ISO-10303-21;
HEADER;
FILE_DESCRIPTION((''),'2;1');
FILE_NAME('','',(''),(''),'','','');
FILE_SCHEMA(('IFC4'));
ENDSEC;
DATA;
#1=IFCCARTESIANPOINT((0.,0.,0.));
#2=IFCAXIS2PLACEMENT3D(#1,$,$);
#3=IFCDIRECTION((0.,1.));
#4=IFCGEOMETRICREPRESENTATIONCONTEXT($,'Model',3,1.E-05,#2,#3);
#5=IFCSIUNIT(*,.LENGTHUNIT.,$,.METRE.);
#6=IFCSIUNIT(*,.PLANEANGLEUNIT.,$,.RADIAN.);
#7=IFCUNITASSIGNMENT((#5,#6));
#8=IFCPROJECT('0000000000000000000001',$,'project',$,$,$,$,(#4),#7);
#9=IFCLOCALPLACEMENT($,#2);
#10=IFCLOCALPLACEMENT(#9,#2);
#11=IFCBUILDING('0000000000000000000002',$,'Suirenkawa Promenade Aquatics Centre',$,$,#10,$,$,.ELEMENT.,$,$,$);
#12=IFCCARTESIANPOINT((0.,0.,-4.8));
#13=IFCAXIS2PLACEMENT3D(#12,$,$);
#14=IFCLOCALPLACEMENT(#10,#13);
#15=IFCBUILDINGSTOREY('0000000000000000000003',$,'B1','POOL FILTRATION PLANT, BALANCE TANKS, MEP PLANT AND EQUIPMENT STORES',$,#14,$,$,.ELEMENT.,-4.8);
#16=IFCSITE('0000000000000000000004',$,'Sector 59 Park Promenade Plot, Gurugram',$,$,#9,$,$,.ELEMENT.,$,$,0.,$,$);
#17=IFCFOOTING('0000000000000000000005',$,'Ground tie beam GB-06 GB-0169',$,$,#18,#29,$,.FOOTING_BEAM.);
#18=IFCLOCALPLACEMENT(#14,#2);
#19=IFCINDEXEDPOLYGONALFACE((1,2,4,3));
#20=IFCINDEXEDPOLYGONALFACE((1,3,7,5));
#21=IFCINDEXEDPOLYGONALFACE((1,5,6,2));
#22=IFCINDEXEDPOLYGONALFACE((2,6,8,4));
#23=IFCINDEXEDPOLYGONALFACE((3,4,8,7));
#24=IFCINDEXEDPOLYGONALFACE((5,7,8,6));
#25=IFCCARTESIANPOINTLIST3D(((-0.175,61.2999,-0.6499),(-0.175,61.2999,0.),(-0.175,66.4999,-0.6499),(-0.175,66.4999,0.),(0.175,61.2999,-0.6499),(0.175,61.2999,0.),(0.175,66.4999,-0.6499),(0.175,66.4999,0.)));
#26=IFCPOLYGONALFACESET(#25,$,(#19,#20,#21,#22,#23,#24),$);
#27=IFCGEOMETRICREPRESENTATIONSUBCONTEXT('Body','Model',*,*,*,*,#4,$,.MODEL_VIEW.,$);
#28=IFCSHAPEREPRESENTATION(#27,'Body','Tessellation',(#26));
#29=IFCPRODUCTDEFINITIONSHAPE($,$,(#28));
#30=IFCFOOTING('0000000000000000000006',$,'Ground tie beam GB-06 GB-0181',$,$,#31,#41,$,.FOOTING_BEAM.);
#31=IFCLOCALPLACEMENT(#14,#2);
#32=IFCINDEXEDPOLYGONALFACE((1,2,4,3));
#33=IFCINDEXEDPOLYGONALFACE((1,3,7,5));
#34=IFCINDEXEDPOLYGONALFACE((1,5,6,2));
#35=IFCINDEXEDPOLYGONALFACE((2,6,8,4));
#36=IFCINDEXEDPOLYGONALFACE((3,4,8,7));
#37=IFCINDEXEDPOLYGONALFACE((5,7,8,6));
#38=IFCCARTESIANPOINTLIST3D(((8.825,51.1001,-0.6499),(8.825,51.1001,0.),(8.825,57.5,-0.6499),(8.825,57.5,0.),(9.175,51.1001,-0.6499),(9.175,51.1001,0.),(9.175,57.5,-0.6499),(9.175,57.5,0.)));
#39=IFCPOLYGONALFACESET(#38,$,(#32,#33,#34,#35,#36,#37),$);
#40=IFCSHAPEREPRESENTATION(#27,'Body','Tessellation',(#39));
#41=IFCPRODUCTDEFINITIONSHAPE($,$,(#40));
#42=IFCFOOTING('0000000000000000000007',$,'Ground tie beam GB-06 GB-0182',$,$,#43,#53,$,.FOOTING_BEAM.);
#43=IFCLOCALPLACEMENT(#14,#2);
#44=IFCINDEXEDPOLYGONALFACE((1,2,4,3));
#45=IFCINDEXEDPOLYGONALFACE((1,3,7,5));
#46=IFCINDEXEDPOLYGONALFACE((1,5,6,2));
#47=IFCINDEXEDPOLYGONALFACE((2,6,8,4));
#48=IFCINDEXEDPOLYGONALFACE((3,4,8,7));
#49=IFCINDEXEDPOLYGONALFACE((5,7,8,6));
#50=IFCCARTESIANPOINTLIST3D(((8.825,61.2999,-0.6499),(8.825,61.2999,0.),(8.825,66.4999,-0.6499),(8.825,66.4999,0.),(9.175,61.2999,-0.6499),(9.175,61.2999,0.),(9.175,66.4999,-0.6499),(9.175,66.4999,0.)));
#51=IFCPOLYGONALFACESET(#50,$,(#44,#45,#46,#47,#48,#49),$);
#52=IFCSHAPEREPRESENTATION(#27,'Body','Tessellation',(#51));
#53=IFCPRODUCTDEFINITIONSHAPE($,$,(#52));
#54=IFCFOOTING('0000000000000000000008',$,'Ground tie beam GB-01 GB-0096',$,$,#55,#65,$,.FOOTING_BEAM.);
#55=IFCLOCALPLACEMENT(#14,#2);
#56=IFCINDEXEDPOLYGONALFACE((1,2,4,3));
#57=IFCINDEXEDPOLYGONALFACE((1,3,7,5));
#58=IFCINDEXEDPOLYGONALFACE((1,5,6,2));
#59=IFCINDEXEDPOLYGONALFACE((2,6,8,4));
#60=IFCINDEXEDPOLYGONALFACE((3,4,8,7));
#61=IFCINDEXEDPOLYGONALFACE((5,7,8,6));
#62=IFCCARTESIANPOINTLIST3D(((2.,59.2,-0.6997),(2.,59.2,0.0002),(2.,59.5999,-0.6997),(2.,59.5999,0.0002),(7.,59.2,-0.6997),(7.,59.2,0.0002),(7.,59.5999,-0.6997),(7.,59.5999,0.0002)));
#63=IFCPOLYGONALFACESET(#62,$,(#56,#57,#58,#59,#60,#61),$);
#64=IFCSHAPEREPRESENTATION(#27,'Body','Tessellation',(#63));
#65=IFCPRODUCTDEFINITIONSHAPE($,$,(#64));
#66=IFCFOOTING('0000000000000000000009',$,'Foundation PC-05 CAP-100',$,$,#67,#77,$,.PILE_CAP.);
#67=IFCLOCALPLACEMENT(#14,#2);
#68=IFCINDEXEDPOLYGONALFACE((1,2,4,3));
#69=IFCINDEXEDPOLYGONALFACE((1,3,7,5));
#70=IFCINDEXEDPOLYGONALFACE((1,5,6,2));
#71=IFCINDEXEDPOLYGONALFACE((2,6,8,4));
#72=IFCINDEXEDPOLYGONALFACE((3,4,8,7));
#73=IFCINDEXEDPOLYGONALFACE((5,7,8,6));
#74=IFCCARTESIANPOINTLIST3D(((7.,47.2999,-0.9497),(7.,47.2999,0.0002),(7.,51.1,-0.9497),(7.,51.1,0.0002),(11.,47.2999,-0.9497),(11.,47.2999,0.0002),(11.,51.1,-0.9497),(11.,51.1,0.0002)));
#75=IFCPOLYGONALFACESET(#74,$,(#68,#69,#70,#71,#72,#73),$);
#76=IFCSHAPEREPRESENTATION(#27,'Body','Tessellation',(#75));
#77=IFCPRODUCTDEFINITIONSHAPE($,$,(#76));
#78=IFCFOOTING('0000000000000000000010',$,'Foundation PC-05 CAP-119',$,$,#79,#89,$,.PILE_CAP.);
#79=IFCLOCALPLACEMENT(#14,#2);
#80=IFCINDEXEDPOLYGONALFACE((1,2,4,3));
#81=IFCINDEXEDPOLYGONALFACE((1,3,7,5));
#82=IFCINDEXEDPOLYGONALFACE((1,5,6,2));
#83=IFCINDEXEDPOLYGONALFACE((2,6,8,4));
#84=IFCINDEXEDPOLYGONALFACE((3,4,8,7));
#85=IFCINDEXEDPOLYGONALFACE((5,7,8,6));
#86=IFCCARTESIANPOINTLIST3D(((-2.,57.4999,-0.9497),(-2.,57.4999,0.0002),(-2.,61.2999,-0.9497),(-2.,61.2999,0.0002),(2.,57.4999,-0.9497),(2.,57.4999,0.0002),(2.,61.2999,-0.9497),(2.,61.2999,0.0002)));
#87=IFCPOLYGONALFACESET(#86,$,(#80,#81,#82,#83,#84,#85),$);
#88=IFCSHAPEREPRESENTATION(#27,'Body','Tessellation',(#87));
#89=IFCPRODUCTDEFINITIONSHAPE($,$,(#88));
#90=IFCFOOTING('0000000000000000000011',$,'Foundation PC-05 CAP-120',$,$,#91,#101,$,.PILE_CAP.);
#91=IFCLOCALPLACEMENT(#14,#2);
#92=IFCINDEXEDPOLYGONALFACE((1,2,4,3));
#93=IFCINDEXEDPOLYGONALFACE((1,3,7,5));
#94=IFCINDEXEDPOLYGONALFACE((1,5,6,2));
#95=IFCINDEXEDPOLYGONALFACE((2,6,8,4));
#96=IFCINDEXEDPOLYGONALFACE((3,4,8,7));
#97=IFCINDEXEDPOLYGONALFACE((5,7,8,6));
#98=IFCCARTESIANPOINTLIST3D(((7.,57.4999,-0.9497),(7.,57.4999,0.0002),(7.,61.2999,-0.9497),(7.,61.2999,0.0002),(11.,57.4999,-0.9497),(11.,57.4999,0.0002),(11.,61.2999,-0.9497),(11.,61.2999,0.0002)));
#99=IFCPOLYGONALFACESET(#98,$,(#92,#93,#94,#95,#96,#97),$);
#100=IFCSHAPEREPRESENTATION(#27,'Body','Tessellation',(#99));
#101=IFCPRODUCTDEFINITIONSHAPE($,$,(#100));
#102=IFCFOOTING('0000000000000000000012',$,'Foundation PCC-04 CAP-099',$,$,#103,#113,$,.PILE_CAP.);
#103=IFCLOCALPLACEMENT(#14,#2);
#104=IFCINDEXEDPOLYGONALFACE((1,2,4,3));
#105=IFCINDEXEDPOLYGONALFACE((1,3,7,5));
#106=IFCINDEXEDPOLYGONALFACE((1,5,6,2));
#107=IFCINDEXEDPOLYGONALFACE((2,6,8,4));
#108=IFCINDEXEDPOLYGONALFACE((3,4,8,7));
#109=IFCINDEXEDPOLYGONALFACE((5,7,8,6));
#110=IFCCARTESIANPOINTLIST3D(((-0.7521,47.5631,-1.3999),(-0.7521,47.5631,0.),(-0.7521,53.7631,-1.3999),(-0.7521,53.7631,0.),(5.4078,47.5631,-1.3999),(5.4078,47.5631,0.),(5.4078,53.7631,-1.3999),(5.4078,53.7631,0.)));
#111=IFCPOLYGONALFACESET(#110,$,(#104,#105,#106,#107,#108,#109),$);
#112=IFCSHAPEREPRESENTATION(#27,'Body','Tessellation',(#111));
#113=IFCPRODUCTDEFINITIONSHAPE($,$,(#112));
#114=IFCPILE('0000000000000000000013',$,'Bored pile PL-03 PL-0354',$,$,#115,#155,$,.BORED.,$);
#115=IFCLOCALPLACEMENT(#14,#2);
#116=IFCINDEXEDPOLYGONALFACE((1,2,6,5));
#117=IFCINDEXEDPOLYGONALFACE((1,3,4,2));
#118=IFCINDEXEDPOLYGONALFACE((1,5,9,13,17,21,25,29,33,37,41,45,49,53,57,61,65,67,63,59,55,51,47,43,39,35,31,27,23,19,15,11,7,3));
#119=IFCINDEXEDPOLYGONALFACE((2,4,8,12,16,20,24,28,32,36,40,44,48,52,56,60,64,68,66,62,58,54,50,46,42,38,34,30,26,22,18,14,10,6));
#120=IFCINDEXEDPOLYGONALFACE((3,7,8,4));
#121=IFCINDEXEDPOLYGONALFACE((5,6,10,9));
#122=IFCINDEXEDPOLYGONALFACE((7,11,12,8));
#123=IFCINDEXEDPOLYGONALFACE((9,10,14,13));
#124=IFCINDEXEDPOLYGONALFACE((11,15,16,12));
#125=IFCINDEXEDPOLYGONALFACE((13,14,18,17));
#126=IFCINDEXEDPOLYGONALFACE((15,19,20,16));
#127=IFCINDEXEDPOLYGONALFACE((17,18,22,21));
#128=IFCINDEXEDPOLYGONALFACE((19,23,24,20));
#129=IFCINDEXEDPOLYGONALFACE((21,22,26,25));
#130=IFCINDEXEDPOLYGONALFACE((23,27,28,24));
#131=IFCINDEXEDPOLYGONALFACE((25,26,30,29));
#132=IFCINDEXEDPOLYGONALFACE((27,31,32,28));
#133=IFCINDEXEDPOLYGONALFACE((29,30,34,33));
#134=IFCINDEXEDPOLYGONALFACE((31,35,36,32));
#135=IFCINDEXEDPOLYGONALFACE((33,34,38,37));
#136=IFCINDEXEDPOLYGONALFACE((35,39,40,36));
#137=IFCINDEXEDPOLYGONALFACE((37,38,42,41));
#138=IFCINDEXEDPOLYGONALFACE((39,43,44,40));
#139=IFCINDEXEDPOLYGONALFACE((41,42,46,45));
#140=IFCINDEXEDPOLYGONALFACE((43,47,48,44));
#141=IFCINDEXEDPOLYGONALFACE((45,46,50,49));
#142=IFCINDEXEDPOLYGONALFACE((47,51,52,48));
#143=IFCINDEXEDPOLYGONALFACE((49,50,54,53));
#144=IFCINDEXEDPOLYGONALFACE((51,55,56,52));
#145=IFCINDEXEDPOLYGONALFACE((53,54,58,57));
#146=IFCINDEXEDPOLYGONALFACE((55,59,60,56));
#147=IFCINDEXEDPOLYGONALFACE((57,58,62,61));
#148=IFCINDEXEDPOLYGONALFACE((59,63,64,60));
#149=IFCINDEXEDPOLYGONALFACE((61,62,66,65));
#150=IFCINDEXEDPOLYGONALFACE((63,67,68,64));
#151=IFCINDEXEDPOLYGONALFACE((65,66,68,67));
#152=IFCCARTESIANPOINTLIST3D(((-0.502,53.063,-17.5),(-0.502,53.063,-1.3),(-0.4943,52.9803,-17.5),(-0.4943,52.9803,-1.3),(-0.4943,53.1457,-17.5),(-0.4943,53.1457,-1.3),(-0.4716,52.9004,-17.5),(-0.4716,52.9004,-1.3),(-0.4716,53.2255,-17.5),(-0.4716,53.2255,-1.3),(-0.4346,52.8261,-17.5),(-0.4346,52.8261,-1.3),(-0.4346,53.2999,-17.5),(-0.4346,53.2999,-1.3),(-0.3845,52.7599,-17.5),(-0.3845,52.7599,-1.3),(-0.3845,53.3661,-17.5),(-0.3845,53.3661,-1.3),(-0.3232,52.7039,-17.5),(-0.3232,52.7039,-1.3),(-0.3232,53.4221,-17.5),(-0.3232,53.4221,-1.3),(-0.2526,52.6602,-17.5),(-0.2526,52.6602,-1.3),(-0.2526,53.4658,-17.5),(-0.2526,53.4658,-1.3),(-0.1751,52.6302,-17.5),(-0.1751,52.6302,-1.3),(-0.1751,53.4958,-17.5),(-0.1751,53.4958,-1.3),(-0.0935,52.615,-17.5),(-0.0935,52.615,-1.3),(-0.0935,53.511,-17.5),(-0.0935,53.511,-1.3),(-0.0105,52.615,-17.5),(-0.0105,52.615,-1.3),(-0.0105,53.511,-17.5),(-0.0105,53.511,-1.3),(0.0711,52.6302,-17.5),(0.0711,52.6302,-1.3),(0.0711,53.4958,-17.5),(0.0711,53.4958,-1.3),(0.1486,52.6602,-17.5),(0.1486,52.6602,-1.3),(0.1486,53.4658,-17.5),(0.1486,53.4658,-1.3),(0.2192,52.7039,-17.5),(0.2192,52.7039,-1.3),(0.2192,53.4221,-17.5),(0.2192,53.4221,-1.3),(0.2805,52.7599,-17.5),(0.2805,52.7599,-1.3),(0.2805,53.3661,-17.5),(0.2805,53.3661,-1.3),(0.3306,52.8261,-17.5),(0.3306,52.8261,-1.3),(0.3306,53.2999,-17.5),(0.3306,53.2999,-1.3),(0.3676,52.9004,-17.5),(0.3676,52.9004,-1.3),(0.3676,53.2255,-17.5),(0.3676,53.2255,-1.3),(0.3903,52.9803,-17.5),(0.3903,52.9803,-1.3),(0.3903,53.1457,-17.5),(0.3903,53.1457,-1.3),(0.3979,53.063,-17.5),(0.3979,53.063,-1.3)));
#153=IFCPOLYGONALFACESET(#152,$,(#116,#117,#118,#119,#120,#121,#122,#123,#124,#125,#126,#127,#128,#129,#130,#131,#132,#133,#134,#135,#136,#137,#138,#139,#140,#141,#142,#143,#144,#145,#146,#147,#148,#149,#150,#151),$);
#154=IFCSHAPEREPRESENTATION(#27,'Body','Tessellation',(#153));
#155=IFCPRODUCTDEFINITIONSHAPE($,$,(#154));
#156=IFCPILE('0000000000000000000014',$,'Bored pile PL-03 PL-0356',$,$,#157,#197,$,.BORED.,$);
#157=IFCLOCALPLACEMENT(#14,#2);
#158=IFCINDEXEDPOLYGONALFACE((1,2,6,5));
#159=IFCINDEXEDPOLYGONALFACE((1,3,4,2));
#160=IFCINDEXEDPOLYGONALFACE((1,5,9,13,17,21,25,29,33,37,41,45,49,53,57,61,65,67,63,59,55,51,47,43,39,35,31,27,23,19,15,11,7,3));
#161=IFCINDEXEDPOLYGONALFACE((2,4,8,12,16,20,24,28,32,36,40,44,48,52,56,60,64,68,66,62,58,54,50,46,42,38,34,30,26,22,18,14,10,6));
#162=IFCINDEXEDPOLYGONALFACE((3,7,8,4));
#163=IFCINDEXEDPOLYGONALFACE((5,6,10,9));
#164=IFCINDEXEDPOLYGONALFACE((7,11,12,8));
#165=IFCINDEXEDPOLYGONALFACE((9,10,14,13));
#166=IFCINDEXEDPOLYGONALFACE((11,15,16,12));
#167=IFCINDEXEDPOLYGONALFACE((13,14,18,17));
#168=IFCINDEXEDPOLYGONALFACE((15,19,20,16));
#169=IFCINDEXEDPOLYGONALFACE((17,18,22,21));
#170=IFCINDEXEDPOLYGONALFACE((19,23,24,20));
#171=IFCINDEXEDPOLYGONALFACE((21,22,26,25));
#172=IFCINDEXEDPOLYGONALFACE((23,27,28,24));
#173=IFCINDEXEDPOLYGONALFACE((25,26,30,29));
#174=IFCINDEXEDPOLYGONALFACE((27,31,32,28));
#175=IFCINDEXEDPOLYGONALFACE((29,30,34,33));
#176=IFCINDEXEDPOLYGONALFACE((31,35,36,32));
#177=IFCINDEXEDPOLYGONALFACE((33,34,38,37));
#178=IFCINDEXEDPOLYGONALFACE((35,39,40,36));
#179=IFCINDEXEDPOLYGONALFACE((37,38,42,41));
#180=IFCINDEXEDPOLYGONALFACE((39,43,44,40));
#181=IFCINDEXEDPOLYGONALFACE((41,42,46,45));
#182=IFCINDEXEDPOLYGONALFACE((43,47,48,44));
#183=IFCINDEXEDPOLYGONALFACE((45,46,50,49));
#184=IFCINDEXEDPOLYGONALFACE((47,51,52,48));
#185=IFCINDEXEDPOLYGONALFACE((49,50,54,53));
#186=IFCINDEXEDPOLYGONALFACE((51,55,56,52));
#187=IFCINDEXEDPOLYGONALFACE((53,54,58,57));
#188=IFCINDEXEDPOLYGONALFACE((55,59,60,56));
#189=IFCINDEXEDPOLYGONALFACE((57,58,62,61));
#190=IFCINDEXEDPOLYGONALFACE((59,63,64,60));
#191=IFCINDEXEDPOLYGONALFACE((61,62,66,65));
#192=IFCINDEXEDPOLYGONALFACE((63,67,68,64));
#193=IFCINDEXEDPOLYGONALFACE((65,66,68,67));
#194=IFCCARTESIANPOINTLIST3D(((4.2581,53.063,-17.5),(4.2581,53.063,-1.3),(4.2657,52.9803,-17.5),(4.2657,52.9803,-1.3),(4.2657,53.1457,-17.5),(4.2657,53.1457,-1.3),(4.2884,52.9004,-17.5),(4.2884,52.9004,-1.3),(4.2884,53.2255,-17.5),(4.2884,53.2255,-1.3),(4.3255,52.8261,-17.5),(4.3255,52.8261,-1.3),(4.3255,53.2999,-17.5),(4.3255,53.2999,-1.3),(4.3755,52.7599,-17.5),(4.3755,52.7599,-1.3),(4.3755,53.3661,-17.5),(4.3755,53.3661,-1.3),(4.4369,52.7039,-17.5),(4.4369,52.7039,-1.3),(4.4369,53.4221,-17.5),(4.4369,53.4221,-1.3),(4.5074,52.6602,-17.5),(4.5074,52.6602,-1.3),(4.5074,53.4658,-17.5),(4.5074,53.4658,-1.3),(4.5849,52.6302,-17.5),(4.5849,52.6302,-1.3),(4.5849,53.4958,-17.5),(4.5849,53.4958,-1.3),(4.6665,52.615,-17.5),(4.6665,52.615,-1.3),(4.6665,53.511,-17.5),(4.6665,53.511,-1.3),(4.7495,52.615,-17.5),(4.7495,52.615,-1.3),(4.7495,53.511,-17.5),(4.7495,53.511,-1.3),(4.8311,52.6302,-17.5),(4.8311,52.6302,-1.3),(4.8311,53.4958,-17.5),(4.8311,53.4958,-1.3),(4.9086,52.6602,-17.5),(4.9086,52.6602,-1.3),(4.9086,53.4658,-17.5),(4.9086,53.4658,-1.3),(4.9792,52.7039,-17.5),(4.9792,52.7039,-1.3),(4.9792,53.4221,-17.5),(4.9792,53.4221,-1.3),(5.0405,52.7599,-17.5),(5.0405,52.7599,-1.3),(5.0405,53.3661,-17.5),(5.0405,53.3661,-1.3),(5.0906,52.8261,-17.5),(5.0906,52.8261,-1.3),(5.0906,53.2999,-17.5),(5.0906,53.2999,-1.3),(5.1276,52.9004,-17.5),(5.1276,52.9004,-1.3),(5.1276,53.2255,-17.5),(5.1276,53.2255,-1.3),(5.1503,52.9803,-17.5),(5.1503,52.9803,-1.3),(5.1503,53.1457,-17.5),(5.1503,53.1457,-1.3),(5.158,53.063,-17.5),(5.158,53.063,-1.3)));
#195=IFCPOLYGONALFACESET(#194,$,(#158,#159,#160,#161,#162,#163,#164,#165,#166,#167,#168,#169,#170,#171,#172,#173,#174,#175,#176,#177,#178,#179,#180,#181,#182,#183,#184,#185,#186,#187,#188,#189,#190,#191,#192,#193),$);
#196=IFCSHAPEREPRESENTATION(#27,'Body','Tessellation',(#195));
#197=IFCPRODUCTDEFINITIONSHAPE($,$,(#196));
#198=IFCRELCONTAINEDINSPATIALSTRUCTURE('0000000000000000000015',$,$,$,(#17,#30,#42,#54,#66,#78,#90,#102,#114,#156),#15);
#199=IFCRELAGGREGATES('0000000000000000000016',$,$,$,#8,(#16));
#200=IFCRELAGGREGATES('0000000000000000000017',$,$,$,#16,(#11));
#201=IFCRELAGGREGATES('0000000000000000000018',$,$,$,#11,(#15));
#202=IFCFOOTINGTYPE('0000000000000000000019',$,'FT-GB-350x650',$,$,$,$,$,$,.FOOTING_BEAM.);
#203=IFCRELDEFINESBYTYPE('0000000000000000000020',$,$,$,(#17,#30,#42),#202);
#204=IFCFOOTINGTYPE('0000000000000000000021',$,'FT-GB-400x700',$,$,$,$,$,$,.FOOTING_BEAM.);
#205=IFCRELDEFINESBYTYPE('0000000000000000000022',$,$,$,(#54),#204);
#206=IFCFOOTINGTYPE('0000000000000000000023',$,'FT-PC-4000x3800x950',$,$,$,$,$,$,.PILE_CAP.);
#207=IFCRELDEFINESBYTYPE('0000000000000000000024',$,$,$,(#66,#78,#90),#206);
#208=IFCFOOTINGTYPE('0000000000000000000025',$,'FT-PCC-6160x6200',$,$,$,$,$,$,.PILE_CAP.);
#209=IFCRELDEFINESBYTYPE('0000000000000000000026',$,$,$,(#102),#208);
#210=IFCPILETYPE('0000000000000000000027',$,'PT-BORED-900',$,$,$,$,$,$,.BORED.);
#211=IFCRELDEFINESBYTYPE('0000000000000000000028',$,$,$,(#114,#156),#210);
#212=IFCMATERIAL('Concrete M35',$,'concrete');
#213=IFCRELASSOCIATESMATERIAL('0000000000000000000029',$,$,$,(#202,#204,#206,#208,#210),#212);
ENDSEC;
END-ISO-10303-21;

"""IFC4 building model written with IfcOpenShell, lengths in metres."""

from ifc_helpers import new_model, si_unit, direction, frame, origin, origin_2d, place, context, subcontext, project, spatial, rectangle, circle, extrude, material, material_profile, profile_set, type_object, element, save


model = new_model("IFC4")

# Units and contexts
model_context = context("Model", 3, precision=1e-05, world=origin(), true_north=direction((0.0, 1.0)))
body_context = subcontext(model_context, "Body", "Model", "MODEL_VIEW")
ifc_project = project(units=[si_unit("LENGTHUNIT", "METRE"), si_unit("PLANEANGLEUNIT", "RADIAN")], contexts=[model_context])

# Site, building, storey
site_placement = place(None, origin())
site = spatial("IfcSite", under=ifc_project, at=site_placement, Name="Sector 59 Park Promenade Plot, Gurugram", CompositionType="ELEMENT", RefElevation=0.0)
building_placement = place(site_placement, origin())
building = spatial("IfcBuilding", under=site, at=building_placement, Name="Suirenkawa Promenade Aquatics Centre", CompositionType="ELEMENT")
storey_placement = place(building_placement, frame((0.0, 0.0, -4.8)))
storey = spatial("IfcBuildingStorey", under=building, at=storey_placement, Name="B1", Description="POOL FILTRATION PLANT, BALANCE TANKS, MEP PLANT AND EQUIPMENT STORES", CompositionType="ELEMENT", Elevation=-4.8)

# Footings
ifc_material_1 = material(Name="Concrete M35", Category="concrete")
footing_type_1 = type_object("IfcFootingType", Name="FT-GB-350x650", PredefinedType="FOOTING_BEAM", material=ifc_material_1)
footing_1_placement = place(storey_placement, frame((0.0, 63.8999, -0.6499), z_axis=(0.0, 0.0, 1.0), x_axis=(0.0, 1.0, 0.0)))
element("IfcFooting", 1, at=footing_1_placement, inside=storey, type_object=footing_type_1, Name="Ground tie beam GB-06 GB-0169", PredefinedType="FOOTING_BEAM", context=body_context, shape_type="SweptSolid", body=[
    extrude(rectangle(XDim=5.2, YDim=0.3501, at=origin_2d()), origin(), (0.0, 0.0, 1.0), 0.6499),
])
footing_2_placement = place(storey_placement, frame((9.0, 54.3, -0.6499), z_axis=(0.0, 0.0, 1.0), x_axis=(0.0, 1.0, 0.0)))
element("IfcFooting", 2, at=footing_2_placement, inside=storey, type_object=footing_type_1, Name="Ground tie beam GB-06 GB-0181", PredefinedType="FOOTING_BEAM", context=body_context, shape_type="SweptSolid", body=[
    extrude(rectangle(XDim=6.3999, YDim=0.3501, at=origin_2d()), origin(), (0.0, 0.0, 1.0), 0.6499),
])
footing_3_placement = place(storey_placement, frame((9.0, 63.8999, -0.6499), z_axis=(0.0, 0.0, 1.0), x_axis=(0.0, 1.0, 0.0)))
element("IfcFooting", 3, at=footing_3_placement, inside=storey, type_object=footing_type_1, Name="Ground tie beam GB-06 GB-0182", PredefinedType="FOOTING_BEAM", context=body_context, shape_type="SweptSolid", body=[
    extrude(rectangle(XDim=5.2, YDim=0.3501, at=origin_2d()), origin(), (0.0, 0.0, 1.0), 0.6499),
])
footing_type_2 = type_object("IfcFootingType", Name="FT-GB-400x700", PredefinedType="FOOTING_BEAM", material=ifc_material_1)
footing_4_placement = place(storey_placement, frame((4.5, 59.3999, -0.6997), z_axis=(0.0, 0.0, 1.0), x_axis=(1.0, 0.0, 0.0)))
element("IfcFooting", 4, at=footing_4_placement, inside=storey, type_object=footing_type_2, Name="Ground tie beam GB-01 GB-0096", PredefinedType="FOOTING_BEAM", context=body_context, shape_type="SweptSolid", body=[
    extrude(rectangle(XDim=5.0, YDim=0.3999, at=origin_2d()), origin(), (0.0, 0.0, 1.0), 0.7),
])
footing_type_3 = type_object("IfcFootingType", Name="FT-PC-4000x3800x950", PredefinedType="PILE_CAP", material=ifc_material_1)
for number, where, z_axis, x_axis, name in (
    (5, (9.0, 49.2, -0.9497), (0.0, 0.0, 1.0), (1.0, 0.0, 0.0), "Foundation PC-05 CAP-100"),
    (6, (0.0, 59.3999, -0.9497), (0.0, 0.0, 1.0), (1.0, 0.0, 0.0), "Foundation PC-05 CAP-119"),
    (7, (9.0, 59.3999, -0.9497), (0.0, 0.0, 1.0), (1.0, 0.0, 0.0), "Foundation PC-05 CAP-120"),
):
    element("IfcFooting", number, at=place(storey_placement, frame(where, z_axis=z_axis, x_axis=x_axis)), inside=storey, type_object=footing_type_3, Name=name, PredefinedType="PILE_CAP", context=body_context, shape_type="SweptSolid", body=[
        extrude(rectangle(XDim=4.0, YDim=3.8, at=origin_2d()), origin(), (0.0, 0.0, 1.0), 0.95),
    ])
footing_type_4 = type_object("IfcFootingType", Name="FT-PCC-6160x6200", PredefinedType="PILE_CAP", material=ifc_material_1)
footing_5_placement = place(storey_placement, frame((2.3279, 50.6631, -1.3999), z_axis=(0.0, 0.0, 1.0), x_axis=(1.0, 0.0, 0.0)))
element("IfcFooting", 8, at=footing_5_placement, inside=storey, type_object=footing_type_4, Name="Foundation PCC-04 CAP-099", PredefinedType="PILE_CAP", context=body_context, shape_type="SweptSolid", body=[
    extrude(rectangle(XDim=6.1599, YDim=6.2, at=origin_2d()), origin(), (0.0, 0.0, 1.0), 1.3999),
])

# Piles
ifc_material_profile_1 = material_profile(ifc_material_1, circle(Radius=0.45, at=origin_2d()), Name="PILE D900", Category="concrete")
ifc_profile_set_1 = profile_set([ifc_material_profile_1], Name="Concrete M35")
pile_type = type_object("IfcPileType", Name="PT-BORED-900", PredefinedType="BORED", material=ifc_profile_set_1)
for number, where, z_axis, x_axis, name in (
    (9, (-0.052, 53.063, -1.3), (0.0, 0.0, -1.0), (1.0, 0.0, 0.0), "Bored pile PL-03 PL-0354"),
    (10, (4.708, 53.063, -1.3), (0.0, 0.0, -1.0), (1.0, 0.0, 0.0), "Bored pile PL-03 PL-0356"),
):
    element("IfcPile", number, at=place(storey_placement, frame(where, z_axis=z_axis, x_axis=x_axis)), inside=storey, type_object=pile_type, Name=name, PredefinedType="BORED", context=body_context, shape_type="SweptSolid", body=[
        extrude(circle(Radius=0.45, at=origin_2d()), origin(), (0.0, 0.0, 1.0), 16.2),
    ])

save(model, "model.ifc")
